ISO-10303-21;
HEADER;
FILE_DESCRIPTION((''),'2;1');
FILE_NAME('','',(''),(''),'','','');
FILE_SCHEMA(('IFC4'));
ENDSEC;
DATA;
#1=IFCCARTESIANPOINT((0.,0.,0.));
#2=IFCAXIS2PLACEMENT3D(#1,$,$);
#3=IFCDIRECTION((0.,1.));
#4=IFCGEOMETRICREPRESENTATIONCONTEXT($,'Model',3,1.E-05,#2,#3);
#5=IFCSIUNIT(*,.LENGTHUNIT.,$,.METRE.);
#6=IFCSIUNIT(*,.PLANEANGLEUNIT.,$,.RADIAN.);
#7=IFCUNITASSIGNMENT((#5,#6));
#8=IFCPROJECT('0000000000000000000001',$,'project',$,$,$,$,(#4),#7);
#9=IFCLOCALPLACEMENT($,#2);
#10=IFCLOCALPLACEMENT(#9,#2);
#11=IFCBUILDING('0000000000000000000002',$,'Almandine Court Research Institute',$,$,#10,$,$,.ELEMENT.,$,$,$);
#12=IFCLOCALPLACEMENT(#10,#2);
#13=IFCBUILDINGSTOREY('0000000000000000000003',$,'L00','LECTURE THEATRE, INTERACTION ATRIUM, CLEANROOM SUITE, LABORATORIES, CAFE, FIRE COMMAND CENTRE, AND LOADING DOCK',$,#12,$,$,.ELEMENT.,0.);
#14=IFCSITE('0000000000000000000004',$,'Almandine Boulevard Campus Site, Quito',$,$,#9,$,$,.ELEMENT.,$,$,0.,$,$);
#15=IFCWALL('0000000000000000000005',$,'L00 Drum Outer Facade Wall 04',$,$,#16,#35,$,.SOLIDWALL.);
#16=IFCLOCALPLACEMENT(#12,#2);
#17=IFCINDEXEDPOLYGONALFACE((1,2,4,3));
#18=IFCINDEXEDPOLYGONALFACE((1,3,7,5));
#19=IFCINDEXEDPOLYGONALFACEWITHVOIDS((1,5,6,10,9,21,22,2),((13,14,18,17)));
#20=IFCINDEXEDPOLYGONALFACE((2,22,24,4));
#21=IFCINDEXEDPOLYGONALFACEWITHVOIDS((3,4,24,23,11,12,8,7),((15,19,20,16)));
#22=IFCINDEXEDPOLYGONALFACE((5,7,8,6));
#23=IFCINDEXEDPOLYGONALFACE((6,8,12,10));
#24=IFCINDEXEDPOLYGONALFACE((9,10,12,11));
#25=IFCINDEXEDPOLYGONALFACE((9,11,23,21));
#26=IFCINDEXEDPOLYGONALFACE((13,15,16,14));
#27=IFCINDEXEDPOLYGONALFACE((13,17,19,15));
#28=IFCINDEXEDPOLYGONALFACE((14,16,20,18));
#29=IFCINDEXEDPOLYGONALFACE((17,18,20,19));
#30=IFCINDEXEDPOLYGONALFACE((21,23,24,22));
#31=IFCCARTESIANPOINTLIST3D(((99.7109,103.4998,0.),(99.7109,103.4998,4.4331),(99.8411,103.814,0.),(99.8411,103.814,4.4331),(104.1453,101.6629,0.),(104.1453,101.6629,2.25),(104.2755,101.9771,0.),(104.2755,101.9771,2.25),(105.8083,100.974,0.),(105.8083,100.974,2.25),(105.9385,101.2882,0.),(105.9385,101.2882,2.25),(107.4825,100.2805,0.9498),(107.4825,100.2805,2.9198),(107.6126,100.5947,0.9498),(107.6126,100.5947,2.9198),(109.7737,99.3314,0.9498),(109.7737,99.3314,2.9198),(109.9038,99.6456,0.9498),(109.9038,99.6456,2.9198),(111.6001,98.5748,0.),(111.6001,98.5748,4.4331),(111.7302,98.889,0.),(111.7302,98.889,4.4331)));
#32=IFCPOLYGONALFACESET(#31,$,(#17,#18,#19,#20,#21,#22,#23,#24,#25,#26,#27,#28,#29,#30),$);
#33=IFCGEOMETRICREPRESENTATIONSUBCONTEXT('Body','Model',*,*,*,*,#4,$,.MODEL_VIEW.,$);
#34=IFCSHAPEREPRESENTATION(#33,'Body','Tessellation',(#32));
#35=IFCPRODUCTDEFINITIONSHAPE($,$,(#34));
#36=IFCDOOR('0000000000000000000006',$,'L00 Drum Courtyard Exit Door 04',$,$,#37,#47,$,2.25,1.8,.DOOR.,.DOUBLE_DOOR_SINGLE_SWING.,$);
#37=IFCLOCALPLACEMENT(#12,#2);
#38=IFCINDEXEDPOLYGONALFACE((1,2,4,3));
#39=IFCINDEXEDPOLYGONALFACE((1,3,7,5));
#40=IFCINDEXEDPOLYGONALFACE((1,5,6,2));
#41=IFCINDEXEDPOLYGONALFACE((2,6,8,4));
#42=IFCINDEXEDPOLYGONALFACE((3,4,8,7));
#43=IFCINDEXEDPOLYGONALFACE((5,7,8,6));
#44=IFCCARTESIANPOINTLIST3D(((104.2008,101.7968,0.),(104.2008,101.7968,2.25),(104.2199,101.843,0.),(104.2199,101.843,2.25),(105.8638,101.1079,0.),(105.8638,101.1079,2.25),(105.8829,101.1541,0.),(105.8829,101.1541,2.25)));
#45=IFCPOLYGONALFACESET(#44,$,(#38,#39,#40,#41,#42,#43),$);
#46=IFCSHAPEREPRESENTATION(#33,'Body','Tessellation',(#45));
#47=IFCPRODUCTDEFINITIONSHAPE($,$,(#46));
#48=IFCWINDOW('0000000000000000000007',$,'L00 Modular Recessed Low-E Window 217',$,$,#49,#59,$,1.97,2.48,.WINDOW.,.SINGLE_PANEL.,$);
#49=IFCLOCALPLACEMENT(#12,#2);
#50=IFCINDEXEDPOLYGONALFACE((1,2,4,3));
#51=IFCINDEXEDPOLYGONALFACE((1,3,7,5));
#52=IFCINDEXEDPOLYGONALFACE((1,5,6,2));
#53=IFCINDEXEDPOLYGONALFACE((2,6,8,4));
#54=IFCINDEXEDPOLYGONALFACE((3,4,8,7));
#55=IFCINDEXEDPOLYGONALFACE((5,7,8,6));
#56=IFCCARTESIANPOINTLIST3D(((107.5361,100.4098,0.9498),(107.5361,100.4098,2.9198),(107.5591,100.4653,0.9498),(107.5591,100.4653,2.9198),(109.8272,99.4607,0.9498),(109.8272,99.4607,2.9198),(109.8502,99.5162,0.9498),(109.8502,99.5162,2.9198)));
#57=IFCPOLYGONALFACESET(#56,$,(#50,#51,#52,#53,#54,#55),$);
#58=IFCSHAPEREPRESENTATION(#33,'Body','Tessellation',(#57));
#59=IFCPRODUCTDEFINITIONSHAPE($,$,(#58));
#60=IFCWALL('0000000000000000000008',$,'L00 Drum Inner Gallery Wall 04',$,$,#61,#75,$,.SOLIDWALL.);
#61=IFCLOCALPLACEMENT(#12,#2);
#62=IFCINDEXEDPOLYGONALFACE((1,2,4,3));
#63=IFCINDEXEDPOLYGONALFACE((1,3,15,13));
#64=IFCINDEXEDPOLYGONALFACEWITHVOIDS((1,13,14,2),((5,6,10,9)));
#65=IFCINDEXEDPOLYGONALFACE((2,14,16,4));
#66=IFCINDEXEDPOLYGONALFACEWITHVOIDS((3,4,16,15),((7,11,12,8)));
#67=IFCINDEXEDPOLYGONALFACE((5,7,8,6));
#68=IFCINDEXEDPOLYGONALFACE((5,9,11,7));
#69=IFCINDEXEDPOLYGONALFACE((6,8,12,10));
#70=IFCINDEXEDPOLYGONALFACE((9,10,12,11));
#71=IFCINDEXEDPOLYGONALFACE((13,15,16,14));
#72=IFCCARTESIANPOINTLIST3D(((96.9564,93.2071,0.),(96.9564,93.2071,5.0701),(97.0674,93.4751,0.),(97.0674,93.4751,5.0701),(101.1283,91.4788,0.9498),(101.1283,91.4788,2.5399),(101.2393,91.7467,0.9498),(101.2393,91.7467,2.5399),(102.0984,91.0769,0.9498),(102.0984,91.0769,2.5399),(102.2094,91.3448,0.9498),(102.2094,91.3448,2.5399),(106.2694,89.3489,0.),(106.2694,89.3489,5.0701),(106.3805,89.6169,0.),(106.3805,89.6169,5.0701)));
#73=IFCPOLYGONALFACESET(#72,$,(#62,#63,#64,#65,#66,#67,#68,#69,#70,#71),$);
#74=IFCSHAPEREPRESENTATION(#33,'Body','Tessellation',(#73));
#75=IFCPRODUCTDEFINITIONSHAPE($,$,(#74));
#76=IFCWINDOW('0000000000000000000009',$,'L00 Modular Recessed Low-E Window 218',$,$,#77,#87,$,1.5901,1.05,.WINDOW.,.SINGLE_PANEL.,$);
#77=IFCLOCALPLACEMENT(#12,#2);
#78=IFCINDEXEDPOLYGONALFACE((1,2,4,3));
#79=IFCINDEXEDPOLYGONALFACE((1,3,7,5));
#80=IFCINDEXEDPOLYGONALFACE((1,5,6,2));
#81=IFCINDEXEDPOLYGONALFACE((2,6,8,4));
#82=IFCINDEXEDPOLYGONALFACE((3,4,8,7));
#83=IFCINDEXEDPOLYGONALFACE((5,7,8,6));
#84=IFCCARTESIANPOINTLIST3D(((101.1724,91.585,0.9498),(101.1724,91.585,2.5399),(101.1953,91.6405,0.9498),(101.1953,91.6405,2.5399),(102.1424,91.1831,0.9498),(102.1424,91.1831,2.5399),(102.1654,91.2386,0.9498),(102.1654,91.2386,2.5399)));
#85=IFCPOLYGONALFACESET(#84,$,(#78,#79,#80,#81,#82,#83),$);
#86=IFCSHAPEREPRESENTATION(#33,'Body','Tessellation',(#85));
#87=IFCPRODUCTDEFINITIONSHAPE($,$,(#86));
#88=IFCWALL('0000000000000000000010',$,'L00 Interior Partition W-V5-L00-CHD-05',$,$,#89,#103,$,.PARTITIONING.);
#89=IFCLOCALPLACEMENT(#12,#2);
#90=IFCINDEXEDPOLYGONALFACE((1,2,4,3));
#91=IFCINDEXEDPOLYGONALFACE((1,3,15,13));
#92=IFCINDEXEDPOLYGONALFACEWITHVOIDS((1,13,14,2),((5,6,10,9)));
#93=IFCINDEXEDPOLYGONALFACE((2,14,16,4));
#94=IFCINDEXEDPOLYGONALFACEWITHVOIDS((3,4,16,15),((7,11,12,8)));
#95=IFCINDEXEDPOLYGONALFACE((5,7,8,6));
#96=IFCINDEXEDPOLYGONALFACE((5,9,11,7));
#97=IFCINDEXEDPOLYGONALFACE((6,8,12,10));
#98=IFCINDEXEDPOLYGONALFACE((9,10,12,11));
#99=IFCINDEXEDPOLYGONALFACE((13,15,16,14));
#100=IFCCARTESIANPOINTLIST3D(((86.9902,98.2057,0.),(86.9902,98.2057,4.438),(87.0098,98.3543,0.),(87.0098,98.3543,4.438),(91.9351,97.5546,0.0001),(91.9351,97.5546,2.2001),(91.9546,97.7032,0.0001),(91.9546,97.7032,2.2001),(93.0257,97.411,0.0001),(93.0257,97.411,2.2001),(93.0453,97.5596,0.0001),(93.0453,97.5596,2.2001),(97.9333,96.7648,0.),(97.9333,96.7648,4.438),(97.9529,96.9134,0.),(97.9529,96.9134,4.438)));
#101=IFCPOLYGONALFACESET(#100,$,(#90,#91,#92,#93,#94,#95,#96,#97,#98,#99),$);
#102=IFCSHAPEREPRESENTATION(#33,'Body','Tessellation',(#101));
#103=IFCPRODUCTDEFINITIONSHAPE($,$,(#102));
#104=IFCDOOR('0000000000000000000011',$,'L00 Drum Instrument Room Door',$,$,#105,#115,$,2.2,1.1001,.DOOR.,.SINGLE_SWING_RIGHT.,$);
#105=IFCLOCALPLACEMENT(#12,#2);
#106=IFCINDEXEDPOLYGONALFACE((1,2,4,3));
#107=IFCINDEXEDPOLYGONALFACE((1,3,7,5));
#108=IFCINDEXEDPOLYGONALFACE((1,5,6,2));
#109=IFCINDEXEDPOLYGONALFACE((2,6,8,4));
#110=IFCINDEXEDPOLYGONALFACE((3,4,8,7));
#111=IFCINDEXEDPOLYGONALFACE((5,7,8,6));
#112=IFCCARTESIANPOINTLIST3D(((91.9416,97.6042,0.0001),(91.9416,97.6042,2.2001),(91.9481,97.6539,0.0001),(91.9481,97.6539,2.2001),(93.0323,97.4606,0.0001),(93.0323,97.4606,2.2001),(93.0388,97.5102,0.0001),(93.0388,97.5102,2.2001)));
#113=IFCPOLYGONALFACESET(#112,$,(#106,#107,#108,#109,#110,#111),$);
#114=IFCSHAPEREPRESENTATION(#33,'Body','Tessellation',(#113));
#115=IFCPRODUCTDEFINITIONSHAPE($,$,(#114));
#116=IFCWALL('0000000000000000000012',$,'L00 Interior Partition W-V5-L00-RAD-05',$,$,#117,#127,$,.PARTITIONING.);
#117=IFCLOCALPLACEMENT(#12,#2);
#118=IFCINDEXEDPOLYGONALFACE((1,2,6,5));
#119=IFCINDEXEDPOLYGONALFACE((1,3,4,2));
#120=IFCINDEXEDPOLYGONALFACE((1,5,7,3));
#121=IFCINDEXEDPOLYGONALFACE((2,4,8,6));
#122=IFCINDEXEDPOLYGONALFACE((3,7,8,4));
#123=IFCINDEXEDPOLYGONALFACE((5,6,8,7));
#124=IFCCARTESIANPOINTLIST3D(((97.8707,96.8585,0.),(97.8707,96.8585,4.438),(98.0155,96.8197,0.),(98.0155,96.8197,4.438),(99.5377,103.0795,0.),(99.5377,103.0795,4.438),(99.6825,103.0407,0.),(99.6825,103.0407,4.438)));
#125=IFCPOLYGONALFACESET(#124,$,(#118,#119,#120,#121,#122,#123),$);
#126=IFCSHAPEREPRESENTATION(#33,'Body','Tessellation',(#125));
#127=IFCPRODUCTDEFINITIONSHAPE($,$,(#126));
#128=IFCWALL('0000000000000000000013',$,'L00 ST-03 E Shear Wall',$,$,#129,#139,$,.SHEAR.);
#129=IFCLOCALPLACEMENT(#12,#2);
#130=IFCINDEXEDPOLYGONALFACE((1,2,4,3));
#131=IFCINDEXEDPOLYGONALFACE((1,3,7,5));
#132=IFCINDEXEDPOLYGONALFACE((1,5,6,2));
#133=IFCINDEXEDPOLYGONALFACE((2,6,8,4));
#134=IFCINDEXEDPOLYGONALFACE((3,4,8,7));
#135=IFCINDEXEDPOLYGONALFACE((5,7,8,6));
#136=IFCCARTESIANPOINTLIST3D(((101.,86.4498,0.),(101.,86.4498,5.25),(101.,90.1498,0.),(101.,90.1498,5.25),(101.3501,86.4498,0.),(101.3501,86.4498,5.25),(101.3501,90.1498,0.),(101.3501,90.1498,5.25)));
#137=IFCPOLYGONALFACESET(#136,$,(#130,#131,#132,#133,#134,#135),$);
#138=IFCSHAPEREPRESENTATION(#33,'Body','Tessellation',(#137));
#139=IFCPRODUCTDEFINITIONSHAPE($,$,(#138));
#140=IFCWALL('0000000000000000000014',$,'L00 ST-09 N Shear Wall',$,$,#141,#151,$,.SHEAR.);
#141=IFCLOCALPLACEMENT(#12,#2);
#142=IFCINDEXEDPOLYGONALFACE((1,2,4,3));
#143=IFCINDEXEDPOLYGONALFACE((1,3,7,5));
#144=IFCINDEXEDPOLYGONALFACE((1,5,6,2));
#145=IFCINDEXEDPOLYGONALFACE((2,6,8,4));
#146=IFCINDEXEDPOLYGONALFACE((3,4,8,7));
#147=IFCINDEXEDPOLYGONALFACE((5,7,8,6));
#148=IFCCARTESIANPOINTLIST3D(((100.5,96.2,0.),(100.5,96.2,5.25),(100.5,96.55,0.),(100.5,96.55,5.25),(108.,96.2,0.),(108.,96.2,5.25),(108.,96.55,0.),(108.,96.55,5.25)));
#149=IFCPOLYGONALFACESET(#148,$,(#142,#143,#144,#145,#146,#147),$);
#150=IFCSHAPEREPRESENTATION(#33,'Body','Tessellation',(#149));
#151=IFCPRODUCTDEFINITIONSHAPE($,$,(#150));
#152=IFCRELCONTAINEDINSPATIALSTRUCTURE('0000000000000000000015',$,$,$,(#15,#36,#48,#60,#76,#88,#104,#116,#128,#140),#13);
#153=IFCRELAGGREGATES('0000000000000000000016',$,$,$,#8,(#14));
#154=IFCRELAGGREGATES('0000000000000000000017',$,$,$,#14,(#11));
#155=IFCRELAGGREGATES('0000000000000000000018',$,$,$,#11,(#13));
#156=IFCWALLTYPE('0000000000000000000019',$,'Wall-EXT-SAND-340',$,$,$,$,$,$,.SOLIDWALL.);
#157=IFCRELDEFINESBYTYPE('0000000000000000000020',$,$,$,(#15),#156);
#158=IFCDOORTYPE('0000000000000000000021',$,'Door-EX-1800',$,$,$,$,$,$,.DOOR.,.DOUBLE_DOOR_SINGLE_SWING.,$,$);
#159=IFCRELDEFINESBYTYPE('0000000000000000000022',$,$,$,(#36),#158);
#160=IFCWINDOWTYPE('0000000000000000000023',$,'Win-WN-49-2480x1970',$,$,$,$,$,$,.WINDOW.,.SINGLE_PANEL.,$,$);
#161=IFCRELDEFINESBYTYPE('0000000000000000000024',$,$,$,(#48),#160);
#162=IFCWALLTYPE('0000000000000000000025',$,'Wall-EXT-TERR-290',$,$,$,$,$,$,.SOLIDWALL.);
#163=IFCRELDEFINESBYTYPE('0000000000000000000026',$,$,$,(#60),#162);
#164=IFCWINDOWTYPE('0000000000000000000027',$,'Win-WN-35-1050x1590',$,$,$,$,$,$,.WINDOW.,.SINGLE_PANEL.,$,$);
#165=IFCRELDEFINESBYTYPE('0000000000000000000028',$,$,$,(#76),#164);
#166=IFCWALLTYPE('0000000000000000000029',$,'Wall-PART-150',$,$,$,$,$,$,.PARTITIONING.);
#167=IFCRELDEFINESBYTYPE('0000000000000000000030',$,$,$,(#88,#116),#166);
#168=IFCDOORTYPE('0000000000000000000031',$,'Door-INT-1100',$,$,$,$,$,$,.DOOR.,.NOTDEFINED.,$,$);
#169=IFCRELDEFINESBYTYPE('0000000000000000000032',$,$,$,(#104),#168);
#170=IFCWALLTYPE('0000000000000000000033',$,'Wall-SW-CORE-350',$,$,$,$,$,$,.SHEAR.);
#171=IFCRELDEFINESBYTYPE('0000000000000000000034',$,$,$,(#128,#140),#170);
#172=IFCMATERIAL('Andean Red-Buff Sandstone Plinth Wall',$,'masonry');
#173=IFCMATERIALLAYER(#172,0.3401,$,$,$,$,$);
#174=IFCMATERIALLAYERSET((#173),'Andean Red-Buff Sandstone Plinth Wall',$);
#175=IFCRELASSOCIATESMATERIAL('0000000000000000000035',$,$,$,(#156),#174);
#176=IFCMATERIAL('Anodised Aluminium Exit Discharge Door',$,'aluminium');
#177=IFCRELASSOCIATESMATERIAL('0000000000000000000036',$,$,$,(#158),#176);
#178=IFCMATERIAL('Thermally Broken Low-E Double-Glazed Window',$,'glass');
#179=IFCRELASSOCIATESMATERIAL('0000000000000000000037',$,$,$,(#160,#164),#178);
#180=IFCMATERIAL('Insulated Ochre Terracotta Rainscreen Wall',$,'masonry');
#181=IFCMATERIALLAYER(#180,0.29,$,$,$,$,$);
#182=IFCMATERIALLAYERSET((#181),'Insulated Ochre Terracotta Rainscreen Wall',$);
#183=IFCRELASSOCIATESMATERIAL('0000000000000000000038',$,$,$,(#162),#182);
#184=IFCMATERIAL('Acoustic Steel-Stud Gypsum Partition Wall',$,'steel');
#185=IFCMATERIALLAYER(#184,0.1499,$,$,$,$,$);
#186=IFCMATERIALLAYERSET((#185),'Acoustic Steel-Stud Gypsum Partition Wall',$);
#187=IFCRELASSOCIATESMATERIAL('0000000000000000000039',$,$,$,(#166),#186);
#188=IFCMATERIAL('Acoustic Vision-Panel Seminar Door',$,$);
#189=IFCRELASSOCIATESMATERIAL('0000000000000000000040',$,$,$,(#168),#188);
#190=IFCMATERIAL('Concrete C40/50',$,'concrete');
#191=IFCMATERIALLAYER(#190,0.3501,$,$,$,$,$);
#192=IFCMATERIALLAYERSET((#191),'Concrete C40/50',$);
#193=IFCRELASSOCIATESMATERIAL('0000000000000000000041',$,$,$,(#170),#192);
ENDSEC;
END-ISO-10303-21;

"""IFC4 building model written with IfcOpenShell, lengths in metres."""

from ifc_helpers import new_model, si_unit, direction, frame, frame_2d, origin, place, context, subcontext, project, spatial, rectangle, extrude, material, layer, layer_set, type_object, element, fill, save


model = new_model("IFC4")

# Units and contexts
model_context = context("Model", 3, precision=1e-05, world=origin(), true_north=direction((0.0, 1.0)))
body_context = subcontext(model_context, "Body", "Model", "MODEL_VIEW")
ifc_project = project(units=[si_unit("LENGTHUNIT", "METRE"), si_unit("PLANEANGLEUNIT", "RADIAN")], contexts=[model_context])

# Site, building, storey
site_placement = place(None, origin())
site = spatial("IfcSite", under=ifc_project, at=site_placement, Name="Almandine Boulevard Campus Site, Quito", CompositionType="ELEMENT", RefElevation=0.0)
building_placement = place(site_placement, origin())
building = spatial("IfcBuilding", under=site, at=building_placement, Name="Almandine Court Research Institute", CompositionType="ELEMENT")
storey_placement = place(building_placement, origin())
storey = spatial("IfcBuildingStorey", under=building, at=storey_placement, Name="L00", Description="LECTURE THEATRE, INTERACTION ATRIUM, CLEANROOM SUITE, LABORATORIES, CAFE, FIRE COMMAND CENTRE, AND LOADING DOCK", CompositionType="ELEMENT", Elevation=0.0)

# Wall, openings, door, window
ifc_material_1 = material(Name="Andean Red-Buff Sandstone Plinth Wall", Category="masonry")
ifc_layer_1 = layer(ifc_material_1, 0.3401)
ifc_layer_set_1 = layer_set([ifc_layer_1], Name="Andean Red-Buff Sandstone Plinth Wall")
wall_type_1 = type_object("IfcWallType", Name="Wall-EXT-SAND-340", PredefinedType="SOLIDWALL", material=ifc_layer_set_1)
wall_1_placement = place(storey_placement, frame((99.7759, 103.657, 0.0), z_axis=(0.0, 0.0, 1.0), x_axis=(0.923869, -0.38271, 0.0)))
wall_1 = element("IfcWall", 1, at=wall_1_placement, inside=storey, type_object=wall_type_1, Name="L00 Drum Outer Facade Wall 04", PredefinedType="SOLIDWALL", context=body_context, shape_type="SweptSolid", body=[
    extrude(rectangle(XDim=12.8689, YDim=0.3401, at=frame_2d((6.4346, 0.0))), origin(), (0.0, 0.0, 1.0), 4.4331),
])
opening_1_placement = place(wall_1_placement, frame((4.8, 0.0, 0.0)))
opening_1 = element("IfcOpeningElement", 2, at=opening_1_placement, cuts=wall_1, PredefinedType="OPENING", context=body_context, shape_type="SweptSolid", body=[
    extrude(rectangle(XDim=1.8, YDim=2.25, at=frame_2d((0.8999, 1.125))), frame((0.0, 0.1799, 0.0), z_axis=(0.0, -1.0, 0.0), x_axis=(1.0, 0.0, 0.0)), (0.0, 0.0, 1.0), 0.3601),
])
opening_2_placement = place(wall_1_placement, frame((8.4121, 0.0, 0.95)))
opening_2 = element("IfcOpeningElement", 3, at=opening_2_placement, cuts=wall_1, PredefinedType="OPENING", context=body_context, shape_type="SweptSolid", body=[
    extrude(rectangle(XDim=2.48, YDim=1.97, at=frame_2d((1.24, 0.9849))), frame((0.0, 0.1799, 0.0), z_axis=(0.0, -1.0, 0.0), x_axis=(1.0, 0.0, 0.0)), (0.0, 0.0, 1.0), 0.3601),
])
ifc_material_2 = material(Name="Anodised Aluminium Exit Discharge Door", Category="aluminium")
door_type_1 = type_object("IfcDoorType", Name="Door-EX-1800", OperationType="DOUBLE_DOOR_SINGLE_SWING", PredefinedType="DOOR", material=ifc_material_2)
door_1_placement = place(opening_1_placement, origin())
door_1 = element("IfcDoor", 4, at=door_1_placement, inside=storey, type_object=door_type_1, Name="L00 Drum Courtyard Exit Door 04", OperationType="DOUBLE_DOOR_SINGLE_SWING", OverallHeight=2.25, OverallWidth=1.8, PredefinedType="DOOR", context=body_context, shape_type="SweptSolid", body=[
    extrude(rectangle(XDim=1.8, YDim=2.25, at=frame_2d((0.8999, 1.125))), frame((0.0, 0.0249, 0.0), z_axis=(0.0, -1.0, 0.0), x_axis=(1.0, 0.0, 0.0)), (0.0, 0.0, 1.0), 0.05),
])
fill(opening_1, door_1)
ifc_material_3 = material(Name="Thermally Broken Low-E Double-Glazed Window", Category="glass")
window_type_1 = type_object("IfcWindowType", Name="Win-WN-49-2480x1970", PartitioningType="SINGLE_PANEL", PredefinedType="WINDOW", material=ifc_material_3)
window_1_placement = place(opening_2_placement, origin())
window_1 = element("IfcWindow", 5, at=window_1_placement, inside=storey, type_object=window_type_1, Name="L00 Modular Recessed Low-E Window 217", OverallHeight=1.97, OverallWidth=2.48, PartitioningType="SINGLE_PANEL", PredefinedType="WINDOW", context=body_context, shape_type="SweptSolid", body=[
    extrude(rectangle(XDim=2.48, YDim=1.97, at=frame_2d((1.24, 0.9849))), frame((0.0, 0.03, 0.0), z_axis=(0.0, -1.0, 0.0), x_axis=(1.0, 0.0, 0.0)), (0.0, 0.0, 1.0), 0.0601),
])
fill(opening_2, window_1)

# Wall, opening, window
ifc_material_4 = material(Name="Insulated Ochre Terracotta Rainscreen Wall", Category="masonry")
ifc_layer_2 = layer(ifc_material_4, 0.29)
ifc_layer_set_2 = layer_set([ifc_layer_2], Name="Insulated Ochre Terracotta Rainscreen Wall")
wall_type_2 = type_object("IfcWallType", Name="Wall-EXT-TERR-290", PredefinedType="SOLIDWALL", material=ifc_layer_set_2)
wall_2_placement = place(storey_placement, frame((106.325, 89.4829, 0.0), z_axis=(0.0, 0.0, 1.0), x_axis=(-0.923859, 0.382733, 0.0)))
wall_2 = element("IfcWall", 6, at=wall_2_placement, inside=storey, type_object=wall_type_2, Name="L00 Drum Inner Gallery Wall 04", PredefinedType="SOLIDWALL", context=body_context, shape_type="SweptSolid", body=[
    extrude(rectangle(XDim=10.0806, YDim=0.29, at=frame_2d((5.0403, 0.0))), origin(), (0.0, 0.0, 1.0), 5.0701),
])
opening_3_placement = place(wall_2_placement, frame((4.5149, 0.0, 0.95)))
opening_3 = element("IfcOpeningElement", 7, at=opening_3_placement, cuts=wall_2, PredefinedType="OPENING", context=body_context, shape_type="SweptSolid", body=[
    extrude(rectangle(XDim=1.05, YDim=1.5901, at=frame_2d((0.5249, 0.7949))), frame((0.0, 0.155, 0.0), z_axis=(0.0, -1.0, 0.0), x_axis=(1.0, 0.0, 0.0)), (0.0, 0.0, 1.0), 0.3101),
])
window_type_2 = type_object("IfcWindowType", Name="Win-WN-35-1050x1590", PartitioningType="SINGLE_PANEL", PredefinedType="WINDOW", material=ifc_material_3)
window_2_placement = place(opening_3_placement, origin())
window_2 = element("IfcWindow", 8, at=window_2_placement, inside=storey, type_object=window_type_2, Name="L00 Modular Recessed Low-E Window 218", OverallHeight=1.5901, OverallWidth=1.05, PartitioningType="SINGLE_PANEL", PredefinedType="WINDOW", context=body_context, shape_type="SweptSolid", body=[
    extrude(rectangle(XDim=1.05, YDim=1.5901, at=frame_2d((0.5249, 0.7949))), frame((0.0, 0.03, 0.0), z_axis=(0.0, -1.0, 0.0), x_axis=(1.0, 0.0, 0.0)), (0.0, 0.0, 1.0), 0.0601),
])
fill(opening_3, window_2)

# Wall, opening, door
ifc_material_5 = material(Name="Acoustic Steel-Stud Gypsum Partition Wall", Category="steel")
ifc_layer_3 = layer(ifc_material_5, 0.1499)
ifc_layer_set_3 = layer_set([ifc_layer_3], Name="Acoustic Steel-Stud Gypsum Partition Wall")
wall_type_3 = type_object("IfcWallType", Name="Wall-PART-150", PredefinedType="PARTITIONING", material=ifc_layer_set_3)
wall_3_placement = place(storey_placement, frame((97.9431, 96.8391, 0.0), z_axis=(0.0, 0.0, 1.0), x_axis=(-0.991442, 0.130547, 0.0)))
wall_3 = element("IfcWall", 9, at=wall_3_placement, inside=storey, type_object=wall_type_3, Name="L00 Interior Partition W-V5-L00-CHD-05", PredefinedType="PARTITIONING", context=body_context, shape_type="SweptSolid", body=[
    extrude(rectangle(XDim=11.0376, YDim=0.1499, at=frame_2d((5.5188, 0.0))), origin(), (0.0, 0.0, 1.0), 4.438),
])
opening_4_placement = place(wall_3_placement, frame((4.95, 0.0, 0.0)))
opening_4 = element("IfcOpeningElement", 10, at=opening_4_placement, cuts=wall_3, PredefinedType="OPENING", context=body_context, shape_type="SweptSolid", body=[
    extrude(rectangle(XDim=1.1001, YDim=2.2, at=frame_2d((0.55, 1.1001))), frame((0.0, 0.085, 0.0), z_axis=(0.0, -1.0, 0.0), x_axis=(1.0, 0.0, 0.0)), (0.0, 0.0, 1.0), 0.1699),
])
ifc_material_6 = material(Name="Acoustic Vision-Panel Seminar Door")
door_type_2 = type_object("IfcDoorType", Name="Door-INT-1100", OperationType="NOTDEFINED", PredefinedType="DOOR", material=ifc_material_6)
door_2_placement = place(opening_4_placement, origin())
door_2 = element("IfcDoor", 11, at=door_2_placement, inside=storey, type_object=door_type_2, Name="L00 Drum Instrument Room Door", OperationType="SINGLE_SWING_RIGHT", OverallHeight=2.2, OverallWidth=1.1001, PredefinedType="DOOR", context=body_context, shape_type="SweptSolid", body=[
    extrude(rectangle(XDim=1.1001, YDim=2.2, at=frame_2d((0.55, 1.1001))), frame((0.0, 0.0249, 0.0), z_axis=(0.0, -1.0, 0.0), x_axis=(1.0, 0.0, 0.0)), (0.0, 0.0, 1.0), 0.05),
])
fill(opening_4, door_2)

# Walls
wall_4_placement = place(storey_placement, frame((97.9431, 96.8391, 0.0), z_axis=(0.0, 0.0, 1.0), x_axis=(0.258833, 0.965922, 0.0)))
element("IfcWall", 12, at=wall_4_placement, inside=storey, type_object=wall_type_3, Name="L00 Interior Partition W-V5-L00-RAD-05", PredefinedType="PARTITIONING", context=body_context, shape_type="SweptSolid", body=[
    extrude(rectangle(XDim=6.4404, YDim=0.1499, at=frame_2d((3.2202, 0.0))), origin(), (0.0, 0.0, 1.0), 4.438),
])
ifc_material_7 = material(Name="Concrete C40/50", Category="concrete")
ifc_layer_4 = layer(ifc_material_7, 0.3501)
ifc_layer_set_4 = layer_set([ifc_layer_4], Name="Concrete C40/50")
wall_type_4 = type_object("IfcWallType", Name="Wall-SW-CORE-350", PredefinedType="SHEAR", material=ifc_layer_set_4)
wall_5_placement = place(storey_placement, frame((101.175, 90.1499, 0.0), z_axis=(0.0, 0.0, 1.0), x_axis=(0.0, -1.0, 0.0)))
element("IfcWall", 13, at=wall_5_placement, inside=storey, type_object=wall_type_4, Name="L00 ST-03 E Shear Wall", PredefinedType="SHEAR", context=body_context, shape_type="SweptSolid", body=[
    extrude(rectangle(XDim=3.7, YDim=0.3501, at=frame_2d((1.8501, 0.0))), origin(), (0.0, 0.0, 1.0), 5.25),
])

# Wall
wall_6_placement = place(storey_placement, frame((100.5, 96.375, 0.0), z_axis=(0.0, 0.0, 1.0), x_axis=(1.0, 0.0, 0.0)))
element("IfcWall", 14, at=wall_6_placement, inside=storey, type_object=wall_type_4, Name="L00 ST-09 N Shear Wall", PredefinedType="SHEAR", context=body_context, shape_type="SweptSolid", body=[
    extrude(rectangle(XDim=7.5, YDim=0.3501, at=frame_2d((3.75, 0.0))), origin(), (0.0, 0.0, 1.0), 5.25),
])

save(model, "model.ifc")
